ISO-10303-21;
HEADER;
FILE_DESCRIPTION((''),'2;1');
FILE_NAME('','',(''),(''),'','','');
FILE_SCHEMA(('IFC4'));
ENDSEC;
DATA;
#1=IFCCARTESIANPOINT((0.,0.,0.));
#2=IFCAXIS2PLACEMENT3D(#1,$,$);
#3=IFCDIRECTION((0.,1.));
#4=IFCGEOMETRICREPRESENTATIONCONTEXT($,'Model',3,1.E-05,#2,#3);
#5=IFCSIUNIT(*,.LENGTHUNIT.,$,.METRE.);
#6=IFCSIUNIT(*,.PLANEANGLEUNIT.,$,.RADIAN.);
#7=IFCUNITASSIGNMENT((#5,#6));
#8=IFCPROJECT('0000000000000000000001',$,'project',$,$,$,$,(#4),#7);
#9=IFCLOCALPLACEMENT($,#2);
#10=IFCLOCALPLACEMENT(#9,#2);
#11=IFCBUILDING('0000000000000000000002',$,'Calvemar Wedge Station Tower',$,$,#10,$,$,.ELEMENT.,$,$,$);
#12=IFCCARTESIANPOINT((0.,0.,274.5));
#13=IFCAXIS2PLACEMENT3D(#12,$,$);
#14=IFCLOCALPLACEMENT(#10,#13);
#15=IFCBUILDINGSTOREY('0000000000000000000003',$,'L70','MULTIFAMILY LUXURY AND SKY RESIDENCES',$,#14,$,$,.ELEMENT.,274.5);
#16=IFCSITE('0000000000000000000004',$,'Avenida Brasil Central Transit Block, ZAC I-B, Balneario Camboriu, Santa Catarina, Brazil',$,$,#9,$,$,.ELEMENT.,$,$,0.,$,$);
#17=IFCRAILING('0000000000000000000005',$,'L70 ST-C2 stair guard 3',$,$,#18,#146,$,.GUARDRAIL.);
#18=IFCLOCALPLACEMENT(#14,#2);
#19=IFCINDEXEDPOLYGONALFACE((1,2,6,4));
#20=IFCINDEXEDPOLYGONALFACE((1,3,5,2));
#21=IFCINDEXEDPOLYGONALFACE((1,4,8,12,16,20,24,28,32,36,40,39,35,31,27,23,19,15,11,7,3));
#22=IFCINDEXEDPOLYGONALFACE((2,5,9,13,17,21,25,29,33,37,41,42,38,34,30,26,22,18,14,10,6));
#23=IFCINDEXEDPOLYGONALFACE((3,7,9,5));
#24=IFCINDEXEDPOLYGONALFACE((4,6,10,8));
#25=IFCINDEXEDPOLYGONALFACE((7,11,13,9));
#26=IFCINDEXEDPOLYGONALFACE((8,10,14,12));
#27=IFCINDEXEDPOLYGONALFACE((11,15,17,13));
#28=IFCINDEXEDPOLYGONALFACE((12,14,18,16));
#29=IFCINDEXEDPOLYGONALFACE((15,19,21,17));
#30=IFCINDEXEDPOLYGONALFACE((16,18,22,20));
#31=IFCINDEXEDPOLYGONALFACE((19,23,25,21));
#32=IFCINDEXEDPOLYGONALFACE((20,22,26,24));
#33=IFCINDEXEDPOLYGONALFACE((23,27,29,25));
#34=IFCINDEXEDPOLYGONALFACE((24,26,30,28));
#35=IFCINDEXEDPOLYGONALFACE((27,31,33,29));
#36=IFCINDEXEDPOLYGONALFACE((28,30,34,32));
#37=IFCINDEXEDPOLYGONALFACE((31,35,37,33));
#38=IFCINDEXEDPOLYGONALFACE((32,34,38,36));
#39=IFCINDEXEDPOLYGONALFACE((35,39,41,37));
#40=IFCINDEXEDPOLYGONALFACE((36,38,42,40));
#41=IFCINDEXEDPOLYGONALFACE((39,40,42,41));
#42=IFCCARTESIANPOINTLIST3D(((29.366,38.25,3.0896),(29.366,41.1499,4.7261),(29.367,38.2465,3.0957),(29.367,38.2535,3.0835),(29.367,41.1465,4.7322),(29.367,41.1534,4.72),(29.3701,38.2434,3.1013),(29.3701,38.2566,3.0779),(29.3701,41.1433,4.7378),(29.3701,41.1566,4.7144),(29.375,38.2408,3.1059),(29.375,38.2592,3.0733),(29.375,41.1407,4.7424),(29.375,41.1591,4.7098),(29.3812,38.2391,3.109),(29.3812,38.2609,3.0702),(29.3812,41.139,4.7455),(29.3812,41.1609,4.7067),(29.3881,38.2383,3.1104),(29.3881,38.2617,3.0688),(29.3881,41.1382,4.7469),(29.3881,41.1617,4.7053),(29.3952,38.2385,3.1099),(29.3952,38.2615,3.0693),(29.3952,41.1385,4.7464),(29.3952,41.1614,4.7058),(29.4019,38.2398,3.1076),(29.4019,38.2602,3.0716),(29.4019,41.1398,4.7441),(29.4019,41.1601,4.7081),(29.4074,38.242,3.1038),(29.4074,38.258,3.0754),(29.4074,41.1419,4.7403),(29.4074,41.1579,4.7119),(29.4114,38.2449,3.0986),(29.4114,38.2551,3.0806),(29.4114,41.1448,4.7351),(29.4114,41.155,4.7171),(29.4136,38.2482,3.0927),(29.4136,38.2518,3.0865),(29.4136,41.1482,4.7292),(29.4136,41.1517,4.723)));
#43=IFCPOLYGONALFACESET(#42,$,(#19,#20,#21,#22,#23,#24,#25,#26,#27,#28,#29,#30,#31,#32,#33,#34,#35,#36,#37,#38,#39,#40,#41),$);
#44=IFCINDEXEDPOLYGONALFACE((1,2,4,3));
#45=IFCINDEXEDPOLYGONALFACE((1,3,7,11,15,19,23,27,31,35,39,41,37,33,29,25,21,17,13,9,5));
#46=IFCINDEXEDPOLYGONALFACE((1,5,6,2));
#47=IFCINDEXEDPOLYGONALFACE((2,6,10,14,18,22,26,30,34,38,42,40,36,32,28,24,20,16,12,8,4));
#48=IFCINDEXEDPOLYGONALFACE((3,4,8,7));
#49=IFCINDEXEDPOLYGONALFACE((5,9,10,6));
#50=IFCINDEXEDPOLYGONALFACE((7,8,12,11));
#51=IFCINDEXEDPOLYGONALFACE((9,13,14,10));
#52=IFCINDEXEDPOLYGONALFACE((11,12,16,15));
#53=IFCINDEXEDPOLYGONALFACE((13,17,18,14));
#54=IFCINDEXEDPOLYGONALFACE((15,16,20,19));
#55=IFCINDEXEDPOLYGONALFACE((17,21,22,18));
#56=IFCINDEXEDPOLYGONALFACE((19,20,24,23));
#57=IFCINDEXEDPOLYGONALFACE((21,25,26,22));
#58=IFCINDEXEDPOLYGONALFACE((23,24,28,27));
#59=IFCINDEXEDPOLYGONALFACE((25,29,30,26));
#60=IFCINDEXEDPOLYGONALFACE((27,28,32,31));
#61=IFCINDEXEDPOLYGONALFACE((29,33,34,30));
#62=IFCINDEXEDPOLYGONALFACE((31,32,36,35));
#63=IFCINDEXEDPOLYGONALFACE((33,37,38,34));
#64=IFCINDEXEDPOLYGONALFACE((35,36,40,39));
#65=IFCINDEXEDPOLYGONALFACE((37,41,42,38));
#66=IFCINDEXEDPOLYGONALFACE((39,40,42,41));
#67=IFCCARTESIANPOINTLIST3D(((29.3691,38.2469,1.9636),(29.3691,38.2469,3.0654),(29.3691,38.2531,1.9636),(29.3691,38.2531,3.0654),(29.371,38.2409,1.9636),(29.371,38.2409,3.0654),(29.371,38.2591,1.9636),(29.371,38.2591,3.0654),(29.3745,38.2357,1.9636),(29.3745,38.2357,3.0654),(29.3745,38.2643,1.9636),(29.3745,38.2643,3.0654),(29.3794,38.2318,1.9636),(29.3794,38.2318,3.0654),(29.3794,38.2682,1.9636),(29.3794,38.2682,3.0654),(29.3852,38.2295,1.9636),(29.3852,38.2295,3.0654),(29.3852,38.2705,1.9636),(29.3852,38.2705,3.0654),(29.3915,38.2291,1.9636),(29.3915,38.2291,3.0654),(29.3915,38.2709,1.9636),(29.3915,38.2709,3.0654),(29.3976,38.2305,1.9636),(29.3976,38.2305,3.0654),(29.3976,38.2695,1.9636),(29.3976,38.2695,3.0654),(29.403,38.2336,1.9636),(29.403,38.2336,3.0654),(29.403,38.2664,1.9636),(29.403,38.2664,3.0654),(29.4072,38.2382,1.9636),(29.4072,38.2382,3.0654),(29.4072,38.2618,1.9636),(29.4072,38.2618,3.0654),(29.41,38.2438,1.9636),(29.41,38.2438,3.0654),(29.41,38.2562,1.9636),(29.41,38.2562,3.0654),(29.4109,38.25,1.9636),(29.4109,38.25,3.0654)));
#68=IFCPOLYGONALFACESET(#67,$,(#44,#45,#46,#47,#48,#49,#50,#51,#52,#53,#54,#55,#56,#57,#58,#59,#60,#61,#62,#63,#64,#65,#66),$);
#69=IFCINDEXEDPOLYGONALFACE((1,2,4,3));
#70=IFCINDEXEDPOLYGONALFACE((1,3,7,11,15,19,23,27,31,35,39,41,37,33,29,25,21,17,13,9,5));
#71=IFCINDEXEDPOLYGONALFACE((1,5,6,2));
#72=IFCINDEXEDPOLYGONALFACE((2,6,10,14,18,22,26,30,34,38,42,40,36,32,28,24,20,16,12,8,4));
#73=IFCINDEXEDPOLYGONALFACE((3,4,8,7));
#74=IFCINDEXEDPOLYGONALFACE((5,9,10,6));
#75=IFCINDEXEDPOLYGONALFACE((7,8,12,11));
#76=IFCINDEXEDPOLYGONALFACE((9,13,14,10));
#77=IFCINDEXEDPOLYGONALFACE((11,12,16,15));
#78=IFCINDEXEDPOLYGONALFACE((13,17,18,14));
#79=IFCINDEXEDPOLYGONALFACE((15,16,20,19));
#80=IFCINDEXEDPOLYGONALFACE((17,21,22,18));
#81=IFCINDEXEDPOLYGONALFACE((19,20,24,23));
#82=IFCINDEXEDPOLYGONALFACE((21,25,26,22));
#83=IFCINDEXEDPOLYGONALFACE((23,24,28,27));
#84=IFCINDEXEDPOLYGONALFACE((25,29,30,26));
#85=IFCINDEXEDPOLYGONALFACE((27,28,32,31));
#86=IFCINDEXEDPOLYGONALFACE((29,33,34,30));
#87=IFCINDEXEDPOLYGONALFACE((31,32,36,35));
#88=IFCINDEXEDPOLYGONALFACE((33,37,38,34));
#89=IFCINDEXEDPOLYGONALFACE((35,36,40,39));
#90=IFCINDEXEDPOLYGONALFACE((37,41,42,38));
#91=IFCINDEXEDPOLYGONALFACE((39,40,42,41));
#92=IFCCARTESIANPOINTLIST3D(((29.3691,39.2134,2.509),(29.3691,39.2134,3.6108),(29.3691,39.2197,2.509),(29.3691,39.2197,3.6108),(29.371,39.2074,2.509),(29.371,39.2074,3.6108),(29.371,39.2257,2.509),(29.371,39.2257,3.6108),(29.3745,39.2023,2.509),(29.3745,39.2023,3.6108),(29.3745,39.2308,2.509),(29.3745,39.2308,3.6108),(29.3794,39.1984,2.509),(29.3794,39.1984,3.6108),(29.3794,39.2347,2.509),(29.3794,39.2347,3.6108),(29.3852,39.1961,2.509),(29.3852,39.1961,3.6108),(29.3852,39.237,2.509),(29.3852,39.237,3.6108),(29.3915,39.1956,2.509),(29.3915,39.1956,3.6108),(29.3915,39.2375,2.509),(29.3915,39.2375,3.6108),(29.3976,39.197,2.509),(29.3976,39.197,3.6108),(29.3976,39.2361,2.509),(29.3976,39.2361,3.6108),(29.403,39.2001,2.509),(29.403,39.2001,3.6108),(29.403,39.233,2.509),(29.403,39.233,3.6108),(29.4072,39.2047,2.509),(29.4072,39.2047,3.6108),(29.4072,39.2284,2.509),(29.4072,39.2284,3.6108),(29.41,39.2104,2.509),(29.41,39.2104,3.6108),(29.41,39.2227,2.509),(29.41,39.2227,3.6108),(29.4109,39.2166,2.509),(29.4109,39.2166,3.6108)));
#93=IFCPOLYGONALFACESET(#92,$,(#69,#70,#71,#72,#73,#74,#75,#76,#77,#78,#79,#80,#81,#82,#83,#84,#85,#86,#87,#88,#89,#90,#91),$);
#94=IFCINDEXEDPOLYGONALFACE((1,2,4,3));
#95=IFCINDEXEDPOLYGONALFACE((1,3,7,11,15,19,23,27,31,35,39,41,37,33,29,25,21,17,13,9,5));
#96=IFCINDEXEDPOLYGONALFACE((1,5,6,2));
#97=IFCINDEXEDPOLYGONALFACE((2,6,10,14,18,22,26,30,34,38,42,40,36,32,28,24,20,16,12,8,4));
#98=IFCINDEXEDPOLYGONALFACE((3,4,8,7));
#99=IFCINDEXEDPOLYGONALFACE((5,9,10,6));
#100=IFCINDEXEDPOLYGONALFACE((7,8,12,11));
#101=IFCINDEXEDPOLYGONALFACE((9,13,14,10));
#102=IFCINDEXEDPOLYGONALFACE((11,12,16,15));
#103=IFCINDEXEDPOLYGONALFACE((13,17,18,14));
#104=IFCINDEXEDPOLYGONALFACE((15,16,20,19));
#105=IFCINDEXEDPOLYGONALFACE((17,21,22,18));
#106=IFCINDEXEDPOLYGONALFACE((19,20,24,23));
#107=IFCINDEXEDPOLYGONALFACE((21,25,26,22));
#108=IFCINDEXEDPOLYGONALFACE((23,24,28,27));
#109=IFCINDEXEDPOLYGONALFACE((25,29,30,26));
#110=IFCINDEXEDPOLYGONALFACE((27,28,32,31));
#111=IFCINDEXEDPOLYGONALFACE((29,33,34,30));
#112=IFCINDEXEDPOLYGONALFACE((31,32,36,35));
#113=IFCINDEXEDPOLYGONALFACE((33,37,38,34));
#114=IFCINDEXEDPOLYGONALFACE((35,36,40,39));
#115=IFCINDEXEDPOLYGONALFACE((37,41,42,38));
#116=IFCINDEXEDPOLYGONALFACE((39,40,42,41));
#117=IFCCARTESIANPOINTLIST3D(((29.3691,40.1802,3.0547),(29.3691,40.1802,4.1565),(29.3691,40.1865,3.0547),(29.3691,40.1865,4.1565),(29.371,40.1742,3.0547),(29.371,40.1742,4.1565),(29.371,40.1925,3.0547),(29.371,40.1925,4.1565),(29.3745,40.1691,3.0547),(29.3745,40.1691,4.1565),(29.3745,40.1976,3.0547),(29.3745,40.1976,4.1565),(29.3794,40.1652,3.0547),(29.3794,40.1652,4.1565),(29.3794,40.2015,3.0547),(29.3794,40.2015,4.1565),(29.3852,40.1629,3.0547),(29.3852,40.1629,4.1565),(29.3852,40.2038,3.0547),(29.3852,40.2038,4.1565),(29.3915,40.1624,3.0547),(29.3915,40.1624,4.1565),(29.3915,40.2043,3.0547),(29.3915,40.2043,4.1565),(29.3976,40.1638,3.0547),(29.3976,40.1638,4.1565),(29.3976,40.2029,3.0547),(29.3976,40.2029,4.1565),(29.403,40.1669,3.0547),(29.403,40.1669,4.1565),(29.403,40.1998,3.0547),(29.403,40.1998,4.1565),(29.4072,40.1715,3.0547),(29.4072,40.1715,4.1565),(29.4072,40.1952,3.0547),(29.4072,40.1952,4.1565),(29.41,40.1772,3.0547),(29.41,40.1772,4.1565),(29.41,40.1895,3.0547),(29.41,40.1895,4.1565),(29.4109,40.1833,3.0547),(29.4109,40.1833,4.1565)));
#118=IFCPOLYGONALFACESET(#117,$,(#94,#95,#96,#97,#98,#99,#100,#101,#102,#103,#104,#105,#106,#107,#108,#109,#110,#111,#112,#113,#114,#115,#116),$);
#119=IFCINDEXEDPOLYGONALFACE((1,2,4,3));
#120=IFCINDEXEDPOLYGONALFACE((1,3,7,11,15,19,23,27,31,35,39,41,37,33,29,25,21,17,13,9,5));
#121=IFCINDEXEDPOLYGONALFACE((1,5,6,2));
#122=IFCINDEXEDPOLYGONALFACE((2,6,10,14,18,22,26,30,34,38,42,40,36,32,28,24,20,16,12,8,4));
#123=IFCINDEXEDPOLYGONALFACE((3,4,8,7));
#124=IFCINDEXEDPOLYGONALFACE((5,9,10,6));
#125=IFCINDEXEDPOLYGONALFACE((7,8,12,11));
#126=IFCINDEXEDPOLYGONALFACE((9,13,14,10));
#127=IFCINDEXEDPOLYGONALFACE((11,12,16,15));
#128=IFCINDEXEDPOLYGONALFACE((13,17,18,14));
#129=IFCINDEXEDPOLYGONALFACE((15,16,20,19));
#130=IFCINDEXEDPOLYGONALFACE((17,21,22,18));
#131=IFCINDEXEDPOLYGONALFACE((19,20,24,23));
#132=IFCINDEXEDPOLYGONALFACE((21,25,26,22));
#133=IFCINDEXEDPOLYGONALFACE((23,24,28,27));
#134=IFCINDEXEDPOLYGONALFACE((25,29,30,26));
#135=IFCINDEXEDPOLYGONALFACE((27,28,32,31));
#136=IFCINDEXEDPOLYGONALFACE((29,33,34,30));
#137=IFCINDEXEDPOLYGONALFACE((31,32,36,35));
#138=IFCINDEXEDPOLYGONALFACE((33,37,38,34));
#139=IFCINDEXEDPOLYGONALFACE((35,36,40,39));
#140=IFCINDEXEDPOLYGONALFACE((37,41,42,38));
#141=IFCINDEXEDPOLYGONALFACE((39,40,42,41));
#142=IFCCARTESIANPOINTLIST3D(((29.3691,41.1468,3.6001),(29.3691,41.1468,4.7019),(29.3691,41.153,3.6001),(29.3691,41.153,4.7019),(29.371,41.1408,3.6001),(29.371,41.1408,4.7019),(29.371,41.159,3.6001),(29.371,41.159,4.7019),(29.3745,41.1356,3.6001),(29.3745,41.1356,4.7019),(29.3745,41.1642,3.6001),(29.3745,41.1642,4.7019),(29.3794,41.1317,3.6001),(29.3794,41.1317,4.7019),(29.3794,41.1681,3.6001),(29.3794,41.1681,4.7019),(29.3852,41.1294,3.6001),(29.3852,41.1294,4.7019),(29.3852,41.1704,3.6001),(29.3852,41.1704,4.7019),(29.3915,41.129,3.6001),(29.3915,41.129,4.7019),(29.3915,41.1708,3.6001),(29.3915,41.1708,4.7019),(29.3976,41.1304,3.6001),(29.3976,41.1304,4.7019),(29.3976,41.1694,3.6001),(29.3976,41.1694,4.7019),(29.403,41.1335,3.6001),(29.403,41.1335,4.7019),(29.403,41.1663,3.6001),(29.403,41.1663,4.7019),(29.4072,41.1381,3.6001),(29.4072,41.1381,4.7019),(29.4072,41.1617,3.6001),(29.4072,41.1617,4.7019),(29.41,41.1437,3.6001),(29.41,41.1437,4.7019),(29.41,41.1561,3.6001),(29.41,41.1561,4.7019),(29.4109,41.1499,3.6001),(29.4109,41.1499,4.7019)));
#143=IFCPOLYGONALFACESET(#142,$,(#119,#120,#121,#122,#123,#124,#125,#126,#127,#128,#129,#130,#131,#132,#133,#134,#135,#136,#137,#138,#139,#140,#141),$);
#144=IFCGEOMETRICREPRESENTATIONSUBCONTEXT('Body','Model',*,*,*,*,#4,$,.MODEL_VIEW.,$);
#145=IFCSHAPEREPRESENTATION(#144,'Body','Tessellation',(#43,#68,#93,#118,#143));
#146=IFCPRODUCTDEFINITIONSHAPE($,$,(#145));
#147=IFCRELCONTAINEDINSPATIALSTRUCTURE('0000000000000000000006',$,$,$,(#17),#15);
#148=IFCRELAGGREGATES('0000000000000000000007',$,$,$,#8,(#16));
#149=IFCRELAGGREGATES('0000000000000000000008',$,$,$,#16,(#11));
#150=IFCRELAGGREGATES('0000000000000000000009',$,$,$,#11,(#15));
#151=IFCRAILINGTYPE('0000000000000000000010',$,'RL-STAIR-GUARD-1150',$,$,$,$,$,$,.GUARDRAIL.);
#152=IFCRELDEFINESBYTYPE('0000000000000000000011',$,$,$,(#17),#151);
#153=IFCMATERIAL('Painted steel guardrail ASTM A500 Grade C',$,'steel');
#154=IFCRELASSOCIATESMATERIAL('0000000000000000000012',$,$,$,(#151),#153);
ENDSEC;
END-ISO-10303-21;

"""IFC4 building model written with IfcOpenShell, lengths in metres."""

from ifc_helpers import new_model, si_unit, direction, frame, origin, origin_2d, place, context, subcontext, project, spatial, circle, extrude, material, type_object, element, save


model = new_model("IFC4")

# Units and contexts
model_context = context("Model", 3, precision=1e-05, world=origin(), true_north=direction((0.0, 1.0)))
body_context = subcontext(model_context, "Body", "Model", "MODEL_VIEW")
ifc_project = project(units=[si_unit("LENGTHUNIT", "METRE"), si_unit("PLANEANGLEUNIT", "RADIAN")], contexts=[model_context])

# Site, building, storey
site_placement = place(None, origin())
site = spatial("IfcSite", under=ifc_project, at=site_placement, Name="Avenida Brasil Central Transit Block, ZAC I-B, Balneario Camboriu, Santa Catarina, Brazil", CompositionType="ELEMENT", RefElevation=0.0)
building_placement = place(site_placement, origin())
building = spatial("IfcBuilding", under=site, at=building_placement, Name="Calvemar Wedge Station Tower", CompositionType="ELEMENT")
storey_placement = place(building_placement, frame((0.0, 0.0, 274.5)))
storey = spatial("IfcBuildingStorey", under=building, at=storey_placement, Name="L70", Description="MULTIFAMILY LUXURY AND SKY RESIDENCES", CompositionType="ELEMENT", Elevation=274.5)

# Railing
ifc_material_1 = material(Name="Painted steel guardrail ASTM A500 Grade C", Category="steel")
railing_type_1 = type_object("IfcRailingType", Name="RL-STAIR-GUARD-1150", PredefinedType="GUARDRAIL", material=ifc_material_1)
railing_1_placement = place(storey_placement, frame((29.3899, 38.25, 1.9636)))
element("IfcRailing", 1, at=railing_1_placement, inside=storey, type_object=railing_type_1, Name="L70 ST-C2 stair guard 3", PredefinedType="GUARDRAIL", context=body_context, shape_type="SweptSolid", body=[
    extrude(circle(Radius=0.0239, at=origin_2d()), frame((0.0, 0.0, 1.126), z_axis=(0.0, 0.870897, 0.491465), x_axis=(-1.0, 0.0, 0.0)), (0.0, 0.0, 1.0), 3.3298),
    extrude(circle(Radius=0.021, at=origin_2d()), origin(), (0.0, 0.0, 1.0), 1.1018),
    extrude(circle(Radius=0.021, at=origin_2d()), frame((0.0, 0.9666, 0.5454)), (0.0, 0.0, 1.0), 1.1018),
    extrude(circle(Radius=0.021, at=origin_2d()), frame((0.0, 1.9333, 1.0911)), (0.0, 0.0, 1.0), 1.1018),
    extrude(circle(Radius=0.021, at=origin_2d()), frame((0.0, 2.8999, 1.6365)), (0.0, 0.0, 1.0), 1.1018),
])

save(model, "model.ifc")
